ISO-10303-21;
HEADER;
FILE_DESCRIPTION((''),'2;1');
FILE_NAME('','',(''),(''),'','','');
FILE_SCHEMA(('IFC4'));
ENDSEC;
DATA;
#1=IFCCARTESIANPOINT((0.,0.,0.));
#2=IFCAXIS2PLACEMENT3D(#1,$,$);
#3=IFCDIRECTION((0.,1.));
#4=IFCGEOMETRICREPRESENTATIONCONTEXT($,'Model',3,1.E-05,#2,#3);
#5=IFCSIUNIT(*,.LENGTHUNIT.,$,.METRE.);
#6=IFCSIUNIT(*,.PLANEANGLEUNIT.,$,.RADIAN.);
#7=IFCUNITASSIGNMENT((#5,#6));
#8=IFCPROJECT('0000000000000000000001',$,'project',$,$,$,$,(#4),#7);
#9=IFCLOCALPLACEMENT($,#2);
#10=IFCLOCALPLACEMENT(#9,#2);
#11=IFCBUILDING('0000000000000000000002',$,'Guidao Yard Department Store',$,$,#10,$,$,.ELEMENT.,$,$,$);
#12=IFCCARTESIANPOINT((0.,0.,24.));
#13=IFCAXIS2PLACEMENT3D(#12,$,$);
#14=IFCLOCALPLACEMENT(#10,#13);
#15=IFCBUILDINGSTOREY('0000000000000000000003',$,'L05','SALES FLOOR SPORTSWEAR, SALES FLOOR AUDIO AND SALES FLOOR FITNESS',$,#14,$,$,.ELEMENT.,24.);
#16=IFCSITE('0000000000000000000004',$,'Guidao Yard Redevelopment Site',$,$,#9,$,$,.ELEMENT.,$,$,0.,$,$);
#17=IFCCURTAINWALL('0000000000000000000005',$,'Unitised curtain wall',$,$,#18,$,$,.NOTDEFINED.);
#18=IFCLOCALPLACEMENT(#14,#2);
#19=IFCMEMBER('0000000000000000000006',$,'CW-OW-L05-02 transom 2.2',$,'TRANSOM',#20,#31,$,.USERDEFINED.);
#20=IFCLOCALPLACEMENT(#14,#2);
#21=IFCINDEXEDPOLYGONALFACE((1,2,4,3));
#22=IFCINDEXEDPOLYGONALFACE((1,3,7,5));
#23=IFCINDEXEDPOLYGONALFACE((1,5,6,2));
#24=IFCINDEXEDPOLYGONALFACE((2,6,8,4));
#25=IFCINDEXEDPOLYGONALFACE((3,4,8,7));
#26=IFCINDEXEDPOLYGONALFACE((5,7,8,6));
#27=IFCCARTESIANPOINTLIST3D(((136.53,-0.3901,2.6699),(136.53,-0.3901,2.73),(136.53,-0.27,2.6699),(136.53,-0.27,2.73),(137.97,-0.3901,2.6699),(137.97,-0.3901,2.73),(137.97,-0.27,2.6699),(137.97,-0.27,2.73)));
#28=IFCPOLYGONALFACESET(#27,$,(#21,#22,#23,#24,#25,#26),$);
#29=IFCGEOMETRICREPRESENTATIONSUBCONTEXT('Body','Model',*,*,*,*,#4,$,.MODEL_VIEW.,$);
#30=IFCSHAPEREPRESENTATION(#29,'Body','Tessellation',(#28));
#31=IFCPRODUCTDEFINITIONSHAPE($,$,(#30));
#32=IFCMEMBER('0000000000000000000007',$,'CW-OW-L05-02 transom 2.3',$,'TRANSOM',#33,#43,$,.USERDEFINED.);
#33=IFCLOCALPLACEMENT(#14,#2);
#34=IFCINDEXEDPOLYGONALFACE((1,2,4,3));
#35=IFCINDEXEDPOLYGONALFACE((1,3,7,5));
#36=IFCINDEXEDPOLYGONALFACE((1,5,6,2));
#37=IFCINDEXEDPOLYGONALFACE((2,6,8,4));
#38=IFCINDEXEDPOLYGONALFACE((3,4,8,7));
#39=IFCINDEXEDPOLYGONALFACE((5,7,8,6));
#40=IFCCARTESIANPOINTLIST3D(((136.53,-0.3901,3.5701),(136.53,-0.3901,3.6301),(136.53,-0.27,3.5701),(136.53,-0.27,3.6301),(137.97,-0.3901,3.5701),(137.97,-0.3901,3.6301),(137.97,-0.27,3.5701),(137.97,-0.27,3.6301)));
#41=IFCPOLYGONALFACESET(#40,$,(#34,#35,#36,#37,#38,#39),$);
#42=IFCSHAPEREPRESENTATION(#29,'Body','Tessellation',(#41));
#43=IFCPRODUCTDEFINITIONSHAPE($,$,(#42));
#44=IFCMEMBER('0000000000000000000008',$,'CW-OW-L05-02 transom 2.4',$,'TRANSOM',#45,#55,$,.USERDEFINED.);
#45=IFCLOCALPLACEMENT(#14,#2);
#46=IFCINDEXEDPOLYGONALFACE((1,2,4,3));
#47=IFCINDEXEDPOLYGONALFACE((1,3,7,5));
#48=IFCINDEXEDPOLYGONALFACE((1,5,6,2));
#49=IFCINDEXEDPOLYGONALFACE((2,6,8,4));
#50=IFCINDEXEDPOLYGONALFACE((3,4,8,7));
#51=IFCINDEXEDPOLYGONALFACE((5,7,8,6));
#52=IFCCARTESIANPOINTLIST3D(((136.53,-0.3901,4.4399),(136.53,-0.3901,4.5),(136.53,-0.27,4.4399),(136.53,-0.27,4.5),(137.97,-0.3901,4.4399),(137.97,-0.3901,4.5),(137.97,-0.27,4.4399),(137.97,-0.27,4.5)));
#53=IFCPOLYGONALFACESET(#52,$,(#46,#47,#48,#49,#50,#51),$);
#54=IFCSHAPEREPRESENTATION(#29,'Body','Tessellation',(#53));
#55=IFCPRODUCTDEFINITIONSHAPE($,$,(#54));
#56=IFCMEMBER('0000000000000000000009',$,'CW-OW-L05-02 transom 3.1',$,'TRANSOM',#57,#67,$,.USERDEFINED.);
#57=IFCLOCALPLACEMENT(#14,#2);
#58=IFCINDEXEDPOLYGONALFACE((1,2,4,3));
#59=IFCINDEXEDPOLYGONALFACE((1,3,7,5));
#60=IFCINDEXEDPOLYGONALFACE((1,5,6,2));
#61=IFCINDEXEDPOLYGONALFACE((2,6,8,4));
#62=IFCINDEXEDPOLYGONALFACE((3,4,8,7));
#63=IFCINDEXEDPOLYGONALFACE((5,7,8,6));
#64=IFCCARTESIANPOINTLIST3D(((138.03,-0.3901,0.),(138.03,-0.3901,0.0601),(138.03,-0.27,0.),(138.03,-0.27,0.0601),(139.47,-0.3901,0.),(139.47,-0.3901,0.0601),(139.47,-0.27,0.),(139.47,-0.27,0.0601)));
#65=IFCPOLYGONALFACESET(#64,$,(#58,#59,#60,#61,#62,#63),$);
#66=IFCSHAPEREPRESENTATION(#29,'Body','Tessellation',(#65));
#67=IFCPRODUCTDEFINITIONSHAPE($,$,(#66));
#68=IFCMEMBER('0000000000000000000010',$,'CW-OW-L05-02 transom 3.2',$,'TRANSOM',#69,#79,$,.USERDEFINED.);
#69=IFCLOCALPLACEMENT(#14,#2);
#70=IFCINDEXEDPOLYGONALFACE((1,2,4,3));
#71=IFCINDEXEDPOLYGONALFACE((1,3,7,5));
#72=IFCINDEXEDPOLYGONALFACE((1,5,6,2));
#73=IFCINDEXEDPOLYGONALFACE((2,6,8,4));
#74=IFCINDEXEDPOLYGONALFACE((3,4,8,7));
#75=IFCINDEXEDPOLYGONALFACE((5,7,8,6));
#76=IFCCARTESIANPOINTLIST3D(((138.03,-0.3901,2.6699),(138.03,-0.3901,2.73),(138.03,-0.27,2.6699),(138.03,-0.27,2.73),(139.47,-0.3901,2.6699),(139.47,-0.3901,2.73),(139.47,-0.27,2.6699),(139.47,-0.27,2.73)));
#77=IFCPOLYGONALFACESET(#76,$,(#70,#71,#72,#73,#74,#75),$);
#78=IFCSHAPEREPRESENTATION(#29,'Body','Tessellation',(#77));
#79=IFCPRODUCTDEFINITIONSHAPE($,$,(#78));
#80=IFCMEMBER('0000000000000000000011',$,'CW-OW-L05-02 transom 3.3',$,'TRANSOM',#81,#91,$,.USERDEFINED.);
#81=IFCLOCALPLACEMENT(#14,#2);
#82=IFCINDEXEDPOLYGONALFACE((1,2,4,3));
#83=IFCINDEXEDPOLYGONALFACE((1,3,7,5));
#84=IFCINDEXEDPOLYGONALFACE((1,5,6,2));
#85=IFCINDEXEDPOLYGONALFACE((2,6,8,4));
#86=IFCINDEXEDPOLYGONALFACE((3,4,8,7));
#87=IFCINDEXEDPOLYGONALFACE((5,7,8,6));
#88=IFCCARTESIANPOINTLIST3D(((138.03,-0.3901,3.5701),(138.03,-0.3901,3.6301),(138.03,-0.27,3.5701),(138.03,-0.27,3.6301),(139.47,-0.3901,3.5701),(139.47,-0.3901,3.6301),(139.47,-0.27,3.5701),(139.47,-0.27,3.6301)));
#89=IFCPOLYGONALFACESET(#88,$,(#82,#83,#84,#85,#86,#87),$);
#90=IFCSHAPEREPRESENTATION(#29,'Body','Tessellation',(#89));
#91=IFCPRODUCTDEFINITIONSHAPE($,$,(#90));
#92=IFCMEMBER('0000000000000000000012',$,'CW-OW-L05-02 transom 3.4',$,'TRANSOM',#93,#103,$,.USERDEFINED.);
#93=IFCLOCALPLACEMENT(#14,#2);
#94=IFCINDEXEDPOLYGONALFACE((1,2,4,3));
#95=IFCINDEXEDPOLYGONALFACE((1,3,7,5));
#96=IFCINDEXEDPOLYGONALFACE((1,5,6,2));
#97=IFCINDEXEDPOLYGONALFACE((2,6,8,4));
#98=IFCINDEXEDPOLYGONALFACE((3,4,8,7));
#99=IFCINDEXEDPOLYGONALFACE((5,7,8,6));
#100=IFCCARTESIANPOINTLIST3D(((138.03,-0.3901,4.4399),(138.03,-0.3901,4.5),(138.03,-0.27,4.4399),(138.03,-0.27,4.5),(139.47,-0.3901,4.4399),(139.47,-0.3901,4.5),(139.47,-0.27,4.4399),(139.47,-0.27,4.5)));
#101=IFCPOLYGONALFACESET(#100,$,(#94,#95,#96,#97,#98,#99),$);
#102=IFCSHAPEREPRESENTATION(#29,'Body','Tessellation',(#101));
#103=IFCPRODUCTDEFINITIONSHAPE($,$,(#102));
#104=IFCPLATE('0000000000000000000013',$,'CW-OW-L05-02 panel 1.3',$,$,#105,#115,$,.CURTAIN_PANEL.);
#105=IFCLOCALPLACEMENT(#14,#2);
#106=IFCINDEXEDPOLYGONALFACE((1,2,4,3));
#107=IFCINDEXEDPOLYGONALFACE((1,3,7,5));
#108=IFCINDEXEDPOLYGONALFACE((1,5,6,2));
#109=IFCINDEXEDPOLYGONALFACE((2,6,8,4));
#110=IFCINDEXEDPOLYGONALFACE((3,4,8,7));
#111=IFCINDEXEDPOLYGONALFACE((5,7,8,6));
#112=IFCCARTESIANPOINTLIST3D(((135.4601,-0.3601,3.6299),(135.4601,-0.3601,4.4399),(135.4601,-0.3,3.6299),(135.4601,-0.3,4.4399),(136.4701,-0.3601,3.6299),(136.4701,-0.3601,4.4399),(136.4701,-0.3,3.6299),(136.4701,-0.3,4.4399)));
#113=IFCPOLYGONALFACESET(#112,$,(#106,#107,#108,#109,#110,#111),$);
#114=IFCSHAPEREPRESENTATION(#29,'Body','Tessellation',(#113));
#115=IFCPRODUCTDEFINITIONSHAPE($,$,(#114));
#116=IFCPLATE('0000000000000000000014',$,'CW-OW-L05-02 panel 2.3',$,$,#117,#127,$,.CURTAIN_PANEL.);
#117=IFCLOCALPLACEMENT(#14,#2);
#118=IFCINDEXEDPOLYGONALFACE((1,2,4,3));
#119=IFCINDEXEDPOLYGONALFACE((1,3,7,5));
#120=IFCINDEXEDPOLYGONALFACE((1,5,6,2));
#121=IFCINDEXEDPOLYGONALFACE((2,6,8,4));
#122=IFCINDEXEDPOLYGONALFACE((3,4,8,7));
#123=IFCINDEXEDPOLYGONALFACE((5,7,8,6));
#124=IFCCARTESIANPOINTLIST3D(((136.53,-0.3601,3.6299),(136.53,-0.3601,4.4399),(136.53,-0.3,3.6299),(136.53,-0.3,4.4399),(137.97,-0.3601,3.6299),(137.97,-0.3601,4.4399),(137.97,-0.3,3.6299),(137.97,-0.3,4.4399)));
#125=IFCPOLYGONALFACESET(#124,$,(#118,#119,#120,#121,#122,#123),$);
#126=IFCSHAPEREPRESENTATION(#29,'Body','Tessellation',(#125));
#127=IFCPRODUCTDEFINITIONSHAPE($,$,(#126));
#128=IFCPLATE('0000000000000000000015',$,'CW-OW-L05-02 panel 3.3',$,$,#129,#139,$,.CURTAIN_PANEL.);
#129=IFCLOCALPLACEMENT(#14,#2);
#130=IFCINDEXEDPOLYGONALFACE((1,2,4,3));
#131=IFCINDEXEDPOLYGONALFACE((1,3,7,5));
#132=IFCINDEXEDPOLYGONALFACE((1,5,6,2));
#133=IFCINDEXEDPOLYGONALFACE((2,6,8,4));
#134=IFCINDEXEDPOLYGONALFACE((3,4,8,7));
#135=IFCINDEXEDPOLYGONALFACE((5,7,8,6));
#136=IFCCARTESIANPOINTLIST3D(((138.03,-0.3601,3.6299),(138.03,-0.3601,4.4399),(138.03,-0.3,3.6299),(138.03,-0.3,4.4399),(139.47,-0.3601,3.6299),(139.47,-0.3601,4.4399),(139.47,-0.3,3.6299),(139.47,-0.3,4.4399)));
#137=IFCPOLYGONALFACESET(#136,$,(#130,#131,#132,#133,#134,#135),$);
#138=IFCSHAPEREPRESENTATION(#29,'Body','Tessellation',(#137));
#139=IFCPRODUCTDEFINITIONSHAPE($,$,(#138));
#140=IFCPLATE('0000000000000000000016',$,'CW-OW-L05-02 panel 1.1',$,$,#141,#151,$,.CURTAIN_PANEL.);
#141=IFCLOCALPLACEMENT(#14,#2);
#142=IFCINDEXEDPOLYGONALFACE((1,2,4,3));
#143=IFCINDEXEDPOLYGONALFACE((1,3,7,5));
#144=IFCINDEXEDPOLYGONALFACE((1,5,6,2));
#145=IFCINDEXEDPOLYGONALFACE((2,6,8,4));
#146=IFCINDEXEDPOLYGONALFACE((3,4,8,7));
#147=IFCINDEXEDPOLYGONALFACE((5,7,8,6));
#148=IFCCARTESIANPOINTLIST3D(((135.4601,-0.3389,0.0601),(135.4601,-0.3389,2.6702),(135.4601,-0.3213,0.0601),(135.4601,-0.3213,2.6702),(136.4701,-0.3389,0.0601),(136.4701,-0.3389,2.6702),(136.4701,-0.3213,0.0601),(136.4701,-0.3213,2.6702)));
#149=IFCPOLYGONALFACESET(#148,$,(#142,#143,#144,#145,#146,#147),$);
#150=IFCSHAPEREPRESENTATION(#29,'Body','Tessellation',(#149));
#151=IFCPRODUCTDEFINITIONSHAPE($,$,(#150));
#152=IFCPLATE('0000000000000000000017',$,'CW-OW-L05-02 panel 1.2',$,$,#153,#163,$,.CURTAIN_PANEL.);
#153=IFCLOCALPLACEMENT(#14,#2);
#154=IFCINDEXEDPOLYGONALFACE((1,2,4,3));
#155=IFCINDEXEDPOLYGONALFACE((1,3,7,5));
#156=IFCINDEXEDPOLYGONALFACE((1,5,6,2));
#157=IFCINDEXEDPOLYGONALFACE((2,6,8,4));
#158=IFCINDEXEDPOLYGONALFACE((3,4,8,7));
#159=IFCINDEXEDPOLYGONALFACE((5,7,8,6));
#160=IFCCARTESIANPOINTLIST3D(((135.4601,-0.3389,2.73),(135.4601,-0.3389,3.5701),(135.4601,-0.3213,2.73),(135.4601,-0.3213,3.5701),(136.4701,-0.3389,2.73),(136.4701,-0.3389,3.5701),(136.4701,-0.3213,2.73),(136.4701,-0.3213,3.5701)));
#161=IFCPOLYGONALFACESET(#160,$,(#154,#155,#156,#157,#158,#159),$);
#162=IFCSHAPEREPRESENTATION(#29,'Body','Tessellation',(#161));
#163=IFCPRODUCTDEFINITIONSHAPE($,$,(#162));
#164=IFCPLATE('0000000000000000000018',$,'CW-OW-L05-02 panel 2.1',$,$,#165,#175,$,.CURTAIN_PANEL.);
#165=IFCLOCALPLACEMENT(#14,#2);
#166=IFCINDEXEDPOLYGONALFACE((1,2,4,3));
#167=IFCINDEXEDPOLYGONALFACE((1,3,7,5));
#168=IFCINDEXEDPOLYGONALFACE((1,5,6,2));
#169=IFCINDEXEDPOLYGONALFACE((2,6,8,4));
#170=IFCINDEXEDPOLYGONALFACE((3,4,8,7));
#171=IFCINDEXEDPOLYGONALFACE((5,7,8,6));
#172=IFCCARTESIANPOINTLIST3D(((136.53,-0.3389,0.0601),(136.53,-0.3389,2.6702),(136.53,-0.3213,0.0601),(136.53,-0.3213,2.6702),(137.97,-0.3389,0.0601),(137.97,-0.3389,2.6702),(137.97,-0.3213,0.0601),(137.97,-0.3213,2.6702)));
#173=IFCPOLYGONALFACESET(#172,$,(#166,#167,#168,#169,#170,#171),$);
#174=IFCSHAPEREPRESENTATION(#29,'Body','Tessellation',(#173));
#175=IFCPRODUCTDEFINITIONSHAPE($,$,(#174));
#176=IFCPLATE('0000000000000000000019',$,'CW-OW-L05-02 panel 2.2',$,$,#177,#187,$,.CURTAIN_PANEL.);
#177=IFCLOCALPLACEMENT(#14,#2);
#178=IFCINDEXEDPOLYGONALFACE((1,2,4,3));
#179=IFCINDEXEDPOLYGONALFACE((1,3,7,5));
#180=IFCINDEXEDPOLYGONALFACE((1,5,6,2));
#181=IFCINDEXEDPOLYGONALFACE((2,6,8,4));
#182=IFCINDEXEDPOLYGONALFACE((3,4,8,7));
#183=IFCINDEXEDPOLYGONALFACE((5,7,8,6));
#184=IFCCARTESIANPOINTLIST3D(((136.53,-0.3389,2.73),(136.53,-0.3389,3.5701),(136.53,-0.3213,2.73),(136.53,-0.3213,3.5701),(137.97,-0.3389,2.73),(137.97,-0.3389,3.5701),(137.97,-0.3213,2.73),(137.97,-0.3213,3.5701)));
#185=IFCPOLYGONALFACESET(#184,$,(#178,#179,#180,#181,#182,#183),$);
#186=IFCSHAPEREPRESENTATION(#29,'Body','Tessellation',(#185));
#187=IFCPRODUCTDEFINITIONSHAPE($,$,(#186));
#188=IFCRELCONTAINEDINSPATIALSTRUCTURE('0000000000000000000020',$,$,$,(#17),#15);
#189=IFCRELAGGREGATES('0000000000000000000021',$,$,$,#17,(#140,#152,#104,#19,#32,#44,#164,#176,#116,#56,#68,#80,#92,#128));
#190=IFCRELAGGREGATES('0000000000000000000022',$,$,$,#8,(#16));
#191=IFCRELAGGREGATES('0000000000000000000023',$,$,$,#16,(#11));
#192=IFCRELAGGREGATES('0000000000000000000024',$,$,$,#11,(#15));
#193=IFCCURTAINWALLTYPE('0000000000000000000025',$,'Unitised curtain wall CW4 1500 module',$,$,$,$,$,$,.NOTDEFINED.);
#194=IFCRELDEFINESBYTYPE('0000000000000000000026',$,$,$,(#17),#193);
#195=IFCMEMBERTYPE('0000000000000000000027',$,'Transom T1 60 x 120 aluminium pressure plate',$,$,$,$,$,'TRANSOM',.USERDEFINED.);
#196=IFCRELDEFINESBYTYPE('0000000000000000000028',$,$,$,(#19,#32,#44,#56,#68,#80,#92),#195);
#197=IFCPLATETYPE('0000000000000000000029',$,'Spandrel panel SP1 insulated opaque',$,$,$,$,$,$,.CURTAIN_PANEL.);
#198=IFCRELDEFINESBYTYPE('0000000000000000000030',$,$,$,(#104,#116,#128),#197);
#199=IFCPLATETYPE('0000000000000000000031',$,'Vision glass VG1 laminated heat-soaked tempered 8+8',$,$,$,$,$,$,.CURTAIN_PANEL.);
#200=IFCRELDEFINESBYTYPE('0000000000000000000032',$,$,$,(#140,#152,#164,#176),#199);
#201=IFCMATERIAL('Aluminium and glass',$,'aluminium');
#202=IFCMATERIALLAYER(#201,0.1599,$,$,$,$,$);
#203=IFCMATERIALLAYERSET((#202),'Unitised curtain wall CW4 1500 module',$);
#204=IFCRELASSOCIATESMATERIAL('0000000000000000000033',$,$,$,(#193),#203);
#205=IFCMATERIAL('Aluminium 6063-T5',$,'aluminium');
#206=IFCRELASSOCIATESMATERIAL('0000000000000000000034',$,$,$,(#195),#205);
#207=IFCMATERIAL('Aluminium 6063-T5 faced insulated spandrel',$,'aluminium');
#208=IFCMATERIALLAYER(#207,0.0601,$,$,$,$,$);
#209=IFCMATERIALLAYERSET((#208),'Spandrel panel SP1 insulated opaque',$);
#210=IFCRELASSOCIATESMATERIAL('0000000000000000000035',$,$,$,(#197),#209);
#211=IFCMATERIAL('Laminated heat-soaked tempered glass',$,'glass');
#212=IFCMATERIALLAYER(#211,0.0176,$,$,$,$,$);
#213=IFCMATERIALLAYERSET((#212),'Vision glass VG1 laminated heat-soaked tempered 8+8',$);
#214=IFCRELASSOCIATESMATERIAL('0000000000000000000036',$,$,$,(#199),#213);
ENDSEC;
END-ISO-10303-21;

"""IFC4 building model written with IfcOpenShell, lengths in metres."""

from ifc_helpers import new_model, si_unit, direction, frame, origin, origin_2d, place, context, subcontext, project, spatial, rectangle, extrude, material, layer, layer_set, material_profile, profile_set, type_object, element, aggregate, save


model = new_model("IFC4")

# Units and contexts
model_context = context("Model", 3, precision=1e-05, world=origin(), true_north=direction((0.0, 1.0)))
body_context = subcontext(model_context, "Body", "Model", "MODEL_VIEW")
ifc_project = project(units=[si_unit("LENGTHUNIT", "METRE"), si_unit("PLANEANGLEUNIT", "RADIAN")], contexts=[model_context])

# Site, building, storey
site_placement = place(None, origin())
site = spatial("IfcSite", under=ifc_project, at=site_placement, Name="Guidao Yard Redevelopment Site", CompositionType="ELEMENT", RefElevation=0.0)
building_placement = place(site_placement, origin())
building = spatial("IfcBuilding", under=site, at=building_placement, Name="Guidao Yard Department Store", CompositionType="ELEMENT")
storey_placement = place(building_placement, frame((0.0, 0.0, 24.0)))
storey = spatial("IfcBuildingStorey", under=building, at=storey_placement, Name="L05", Description="SALES FLOOR SPORTSWEAR, SALES FLOOR AUDIO AND SALES FLOOR FITNESS", CompositionType="ELEMENT", Elevation=24.0)

# Shared definitions
ifc_material_1 = material(Name="Aluminium and glass", Category="aluminium")
ifc_layer_1 = layer(ifc_material_1, 0.1599)
ifc_layer_set_1 = layer_set([ifc_layer_1], Name="Unitised curtain wall CW4 1500 module")
curtain_wall_type = type_object("IfcCurtainWallType", Name="Unitised curtain wall CW4 1500 module", PredefinedType="NOTDEFINED", material=ifc_layer_set_1)

# Curtain wall
curtain_wall_1_placement = place(storey_placement, origin())
curtain_wall_1 = element("IfcCurtainWall", 1, at=curtain_wall_1_placement, inside=storey, type_object=curtain_wall_type, Name="Unitised curtain wall", PredefinedType="NOTDEFINED")

# Members
ifc_material_2 = material(Name="Aluminium 6063-T5", Category="aluminium")
ifc_material_profile_1 = material_profile(ifc_material_2, rectangle(XDim=0.1201, YDim=0.0601, at=origin_2d()), Name="Transom T1 60 x 120 aluminium pressure plate")
ifc_profile_set_1 = profile_set([ifc_material_profile_1], Name="Aluminium 6063-T5")
member_type_1 = type_object("IfcMemberType", Name="Transom T1 60 x 120 aluminium pressure plate", ElementType="TRANSOM", PredefinedType="USERDEFINED", material=ifc_profile_set_1)
member_1_placement = place(storey_placement, frame((137.97, -0.3301, 2.7), z_axis=(-1.0, 0.0, 0.0), x_axis=(0.0, -1.0, 0.0)))
member_1 = element("IfcMember", 2, at=member_1_placement, type_object=member_type_1, Name="CW-OW-L05-02 transom 2.2", ObjectType="TRANSOM", PredefinedType="USERDEFINED", context=body_context, shape_type="SweptSolid", body=[
    extrude(rectangle(XDim=0.1201, YDim=0.0601, at=origin_2d()), origin(), (0.0, 0.0, 1.0), 1.4399),
])
member_2_placement = place(storey_placement, frame((137.97, -0.3301, 3.6001), z_axis=(-1.0, 0.0, 0.0), x_axis=(0.0, -1.0, 0.0)))
member_2 = element("IfcMember", 3, at=member_2_placement, type_object=member_type_1, Name="CW-OW-L05-02 transom 2.3", ObjectType="TRANSOM", PredefinedType="USERDEFINED", context=body_context, shape_type="SweptSolid", body=[
    extrude(rectangle(XDim=0.1201, YDim=0.0601, at=origin_2d()), origin(), (0.0, 0.0, 1.0), 1.4399),
])
member_3_placement = place(storey_placement, frame((137.97, -0.3301, 4.47), z_axis=(-1.0, 0.0, 0.0), x_axis=(0.0, -1.0, 0.0)))
member_3 = element("IfcMember", 4, at=member_3_placement, type_object=member_type_1, Name="CW-OW-L05-02 transom 2.4", ObjectType="TRANSOM", PredefinedType="USERDEFINED", context=body_context, shape_type="SweptSolid", body=[
    extrude(rectangle(XDim=0.1201, YDim=0.0601, at=origin_2d()), origin(), (0.0, 0.0, 1.0), 1.4399),
])
member_4_placement = place(storey_placement, frame((139.47, -0.3301, 0.03), z_axis=(-1.0, 0.0, 0.0), x_axis=(0.0, -1.0, 0.0)))
member_4 = element("IfcMember", 5, at=member_4_placement, type_object=member_type_1, Name="CW-OW-L05-02 transom 3.1", ObjectType="TRANSOM", PredefinedType="USERDEFINED", context=body_context, shape_type="SweptSolid", body=[
    extrude(rectangle(XDim=0.1201, YDim=0.0601, at=origin_2d()), origin(), (0.0, 0.0, 1.0), 1.4399),
])
member_5_placement = place(storey_placement, frame((139.47, -0.3301, 2.7), z_axis=(-1.0, 0.0, 0.0), x_axis=(0.0, -1.0, 0.0)))
member_5 = element("IfcMember", 6, at=member_5_placement, type_object=member_type_1, Name="CW-OW-L05-02 transom 3.2", ObjectType="TRANSOM", PredefinedType="USERDEFINED", context=body_context, shape_type="SweptSolid", body=[
    extrude(rectangle(XDim=0.1201, YDim=0.0601, at=origin_2d()), origin(), (0.0, 0.0, 1.0), 1.4399),
])
member_6_placement = place(storey_placement, frame((139.47, -0.3301, 3.6001), z_axis=(-1.0, 0.0, 0.0), x_axis=(0.0, -1.0, 0.0)))
member_6 = element("IfcMember", 7, at=member_6_placement, type_object=member_type_1, Name="CW-OW-L05-02 transom 3.3", ObjectType="TRANSOM", PredefinedType="USERDEFINED", context=body_context, shape_type="SweptSolid", body=[
    extrude(rectangle(XDim=0.1201, YDim=0.0601, at=origin_2d()), origin(), (0.0, 0.0, 1.0), 1.4399),
])
member_7_placement = place(storey_placement, frame((139.47, -0.3301, 4.47), z_axis=(-1.0, 0.0, 0.0), x_axis=(0.0, -1.0, 0.0)))
member_7 = element("IfcMember", 8, at=member_7_placement, type_object=member_type_1, Name="CW-OW-L05-02 transom 3.4", ObjectType="TRANSOM", PredefinedType="USERDEFINED", context=body_context, shape_type="SweptSolid", body=[
    extrude(rectangle(XDim=0.1201, YDim=0.0601, at=origin_2d()), origin(), (0.0, 0.0, 1.0), 1.4399),
])

# Plates
ifc_material_3 = material(Name="Aluminium 6063-T5 faced insulated spandrel", Category="aluminium")
ifc_layer_2 = layer(ifc_material_3, 0.0601)
ifc_layer_set_2 = layer_set([ifc_layer_2], Name="Spandrel panel SP1 insulated opaque")
plate_type_1 = type_object("IfcPlateType", Name="Spandrel panel SP1 insulated opaque", PredefinedType="CURTAIN_PANEL", material=ifc_layer_set_2)
plate_1_placement = place(storey_placement, frame((135.9651, -0.3301, 3.6299), z_axis=(0.0, 0.0, 1.0), x_axis=(-1.0, 0.0, 0.0)))
plate_1 = element("IfcPlate", 9, at=plate_1_placement, type_object=plate_type_1, Name="CW-OW-L05-02 panel 1.3", PredefinedType="CURTAIN_PANEL", context=body_context, shape_type="SweptSolid", body=[
    extrude(rectangle(XDim=1.01, YDim=0.0601, at=origin_2d()), origin(), (0.0, 0.0, 1.0), 0.8101),
])
plate_2_placement = place(storey_placement, frame((137.25, -0.3301, 3.6299), z_axis=(0.0, 0.0, 1.0), x_axis=(-1.0, 0.0, 0.0)))
plate_2 = element("IfcPlate", 10, at=plate_2_placement, type_object=plate_type_1, Name="CW-OW-L05-02 panel 2.3", PredefinedType="CURTAIN_PANEL", context=body_context, shape_type="SweptSolid", body=[
    extrude(rectangle(XDim=1.4399, YDim=0.0601, at=origin_2d()), origin(), (0.0, 0.0, 1.0), 0.8101),
])
plate_3_placement = place(storey_placement, frame((138.75, -0.3301, 3.6299), z_axis=(0.0, 0.0, 1.0), x_axis=(-1.0, 0.0, 0.0)))
plate_3 = element("IfcPlate", 11, at=plate_3_placement, type_object=plate_type_1, Name="CW-OW-L05-02 panel 3.3", PredefinedType="CURTAIN_PANEL", context=body_context, shape_type="SweptSolid", body=[
    extrude(rectangle(XDim=1.4399, YDim=0.0601, at=origin_2d()), origin(), (0.0, 0.0, 1.0), 0.8101),
])
ifc_material_4 = material(Name="Laminated heat-soaked tempered glass", Category="glass")
ifc_layer_3 = layer(ifc_material_4, 0.0176)
ifc_layer_set_3 = layer_set([ifc_layer_3], Name="Vision glass VG1 laminated heat-soaked tempered 8+8")
plate_type_2 = type_object("IfcPlateType", Name="Vision glass VG1 laminated heat-soaked tempered 8+8", PredefinedType="CURTAIN_PANEL", material=ifc_layer_set_3)
plate_4_placement = place(storey_placement, frame((135.9651, -0.3301, 0.0601), z_axis=(0.0, 0.0, 1.0), x_axis=(-1.0, 0.0, 0.0)))
plate_4 = element("IfcPlate", 12, at=plate_4_placement, type_object=plate_type_2, Name="CW-OW-L05-02 panel 1.1", PredefinedType="CURTAIN_PANEL", context=body_context, shape_type="SweptSolid", body=[
    extrude(rectangle(XDim=1.01, YDim=0.0176, at=origin_2d()), origin(), (0.0, 0.0, 1.0), 2.6101),
])
plate_5_placement = place(storey_placement, frame((135.9651, -0.3301, 2.73), z_axis=(0.0, 0.0, 1.0), x_axis=(-1.0, 0.0, 0.0)))
plate_5 = element("IfcPlate", 13, at=plate_5_placement, type_object=plate_type_2, Name="CW-OW-L05-02 panel 1.2", PredefinedType="CURTAIN_PANEL", context=body_context, shape_type="SweptSolid", body=[
    extrude(rectangle(XDim=1.01, YDim=0.0176, at=origin_2d()), origin(), (0.0, 0.0, 1.0), 0.8401),
])
plate_6_placement = place(storey_placement, frame((137.25, -0.3301, 0.0601), z_axis=(0.0, 0.0, 1.0), x_axis=(-1.0, 0.0, 0.0)))
plate_6 = element("IfcPlate", 14, at=plate_6_placement, type_object=plate_type_2, Name="CW-OW-L05-02 panel 2.1", PredefinedType="CURTAIN_PANEL", context=body_context, shape_type="SweptSolid", body=[
    extrude(rectangle(XDim=1.4399, YDim=0.0176, at=origin_2d()), origin(), (0.0, 0.0, 1.0), 2.6101),
])
plate_7_placement = place(storey_placement, frame((137.25, -0.3301, 2.73), z_axis=(0.0, 0.0, 1.0), x_axis=(-1.0, 0.0, 0.0)))
plate_7 = element("IfcPlate", 15, at=plate_7_placement, type_object=plate_type_2, Name="CW-OW-L05-02 panel 2.2", PredefinedType="CURTAIN_PANEL", context=body_context, shape_type="SweptSolid", body=[
    extrude(rectangle(XDim=1.4399, YDim=0.0176, at=origin_2d()), origin(), (0.0, 0.0, 1.0), 0.8401),
])
aggregate(curtain_wall_1, [plate_4, plate_5, plate_1, member_1, member_2, member_3, plate_6, plate_7, plate_2, member_4, member_5, member_6, member_7, plate_3])

save(model, "model.ifc")
